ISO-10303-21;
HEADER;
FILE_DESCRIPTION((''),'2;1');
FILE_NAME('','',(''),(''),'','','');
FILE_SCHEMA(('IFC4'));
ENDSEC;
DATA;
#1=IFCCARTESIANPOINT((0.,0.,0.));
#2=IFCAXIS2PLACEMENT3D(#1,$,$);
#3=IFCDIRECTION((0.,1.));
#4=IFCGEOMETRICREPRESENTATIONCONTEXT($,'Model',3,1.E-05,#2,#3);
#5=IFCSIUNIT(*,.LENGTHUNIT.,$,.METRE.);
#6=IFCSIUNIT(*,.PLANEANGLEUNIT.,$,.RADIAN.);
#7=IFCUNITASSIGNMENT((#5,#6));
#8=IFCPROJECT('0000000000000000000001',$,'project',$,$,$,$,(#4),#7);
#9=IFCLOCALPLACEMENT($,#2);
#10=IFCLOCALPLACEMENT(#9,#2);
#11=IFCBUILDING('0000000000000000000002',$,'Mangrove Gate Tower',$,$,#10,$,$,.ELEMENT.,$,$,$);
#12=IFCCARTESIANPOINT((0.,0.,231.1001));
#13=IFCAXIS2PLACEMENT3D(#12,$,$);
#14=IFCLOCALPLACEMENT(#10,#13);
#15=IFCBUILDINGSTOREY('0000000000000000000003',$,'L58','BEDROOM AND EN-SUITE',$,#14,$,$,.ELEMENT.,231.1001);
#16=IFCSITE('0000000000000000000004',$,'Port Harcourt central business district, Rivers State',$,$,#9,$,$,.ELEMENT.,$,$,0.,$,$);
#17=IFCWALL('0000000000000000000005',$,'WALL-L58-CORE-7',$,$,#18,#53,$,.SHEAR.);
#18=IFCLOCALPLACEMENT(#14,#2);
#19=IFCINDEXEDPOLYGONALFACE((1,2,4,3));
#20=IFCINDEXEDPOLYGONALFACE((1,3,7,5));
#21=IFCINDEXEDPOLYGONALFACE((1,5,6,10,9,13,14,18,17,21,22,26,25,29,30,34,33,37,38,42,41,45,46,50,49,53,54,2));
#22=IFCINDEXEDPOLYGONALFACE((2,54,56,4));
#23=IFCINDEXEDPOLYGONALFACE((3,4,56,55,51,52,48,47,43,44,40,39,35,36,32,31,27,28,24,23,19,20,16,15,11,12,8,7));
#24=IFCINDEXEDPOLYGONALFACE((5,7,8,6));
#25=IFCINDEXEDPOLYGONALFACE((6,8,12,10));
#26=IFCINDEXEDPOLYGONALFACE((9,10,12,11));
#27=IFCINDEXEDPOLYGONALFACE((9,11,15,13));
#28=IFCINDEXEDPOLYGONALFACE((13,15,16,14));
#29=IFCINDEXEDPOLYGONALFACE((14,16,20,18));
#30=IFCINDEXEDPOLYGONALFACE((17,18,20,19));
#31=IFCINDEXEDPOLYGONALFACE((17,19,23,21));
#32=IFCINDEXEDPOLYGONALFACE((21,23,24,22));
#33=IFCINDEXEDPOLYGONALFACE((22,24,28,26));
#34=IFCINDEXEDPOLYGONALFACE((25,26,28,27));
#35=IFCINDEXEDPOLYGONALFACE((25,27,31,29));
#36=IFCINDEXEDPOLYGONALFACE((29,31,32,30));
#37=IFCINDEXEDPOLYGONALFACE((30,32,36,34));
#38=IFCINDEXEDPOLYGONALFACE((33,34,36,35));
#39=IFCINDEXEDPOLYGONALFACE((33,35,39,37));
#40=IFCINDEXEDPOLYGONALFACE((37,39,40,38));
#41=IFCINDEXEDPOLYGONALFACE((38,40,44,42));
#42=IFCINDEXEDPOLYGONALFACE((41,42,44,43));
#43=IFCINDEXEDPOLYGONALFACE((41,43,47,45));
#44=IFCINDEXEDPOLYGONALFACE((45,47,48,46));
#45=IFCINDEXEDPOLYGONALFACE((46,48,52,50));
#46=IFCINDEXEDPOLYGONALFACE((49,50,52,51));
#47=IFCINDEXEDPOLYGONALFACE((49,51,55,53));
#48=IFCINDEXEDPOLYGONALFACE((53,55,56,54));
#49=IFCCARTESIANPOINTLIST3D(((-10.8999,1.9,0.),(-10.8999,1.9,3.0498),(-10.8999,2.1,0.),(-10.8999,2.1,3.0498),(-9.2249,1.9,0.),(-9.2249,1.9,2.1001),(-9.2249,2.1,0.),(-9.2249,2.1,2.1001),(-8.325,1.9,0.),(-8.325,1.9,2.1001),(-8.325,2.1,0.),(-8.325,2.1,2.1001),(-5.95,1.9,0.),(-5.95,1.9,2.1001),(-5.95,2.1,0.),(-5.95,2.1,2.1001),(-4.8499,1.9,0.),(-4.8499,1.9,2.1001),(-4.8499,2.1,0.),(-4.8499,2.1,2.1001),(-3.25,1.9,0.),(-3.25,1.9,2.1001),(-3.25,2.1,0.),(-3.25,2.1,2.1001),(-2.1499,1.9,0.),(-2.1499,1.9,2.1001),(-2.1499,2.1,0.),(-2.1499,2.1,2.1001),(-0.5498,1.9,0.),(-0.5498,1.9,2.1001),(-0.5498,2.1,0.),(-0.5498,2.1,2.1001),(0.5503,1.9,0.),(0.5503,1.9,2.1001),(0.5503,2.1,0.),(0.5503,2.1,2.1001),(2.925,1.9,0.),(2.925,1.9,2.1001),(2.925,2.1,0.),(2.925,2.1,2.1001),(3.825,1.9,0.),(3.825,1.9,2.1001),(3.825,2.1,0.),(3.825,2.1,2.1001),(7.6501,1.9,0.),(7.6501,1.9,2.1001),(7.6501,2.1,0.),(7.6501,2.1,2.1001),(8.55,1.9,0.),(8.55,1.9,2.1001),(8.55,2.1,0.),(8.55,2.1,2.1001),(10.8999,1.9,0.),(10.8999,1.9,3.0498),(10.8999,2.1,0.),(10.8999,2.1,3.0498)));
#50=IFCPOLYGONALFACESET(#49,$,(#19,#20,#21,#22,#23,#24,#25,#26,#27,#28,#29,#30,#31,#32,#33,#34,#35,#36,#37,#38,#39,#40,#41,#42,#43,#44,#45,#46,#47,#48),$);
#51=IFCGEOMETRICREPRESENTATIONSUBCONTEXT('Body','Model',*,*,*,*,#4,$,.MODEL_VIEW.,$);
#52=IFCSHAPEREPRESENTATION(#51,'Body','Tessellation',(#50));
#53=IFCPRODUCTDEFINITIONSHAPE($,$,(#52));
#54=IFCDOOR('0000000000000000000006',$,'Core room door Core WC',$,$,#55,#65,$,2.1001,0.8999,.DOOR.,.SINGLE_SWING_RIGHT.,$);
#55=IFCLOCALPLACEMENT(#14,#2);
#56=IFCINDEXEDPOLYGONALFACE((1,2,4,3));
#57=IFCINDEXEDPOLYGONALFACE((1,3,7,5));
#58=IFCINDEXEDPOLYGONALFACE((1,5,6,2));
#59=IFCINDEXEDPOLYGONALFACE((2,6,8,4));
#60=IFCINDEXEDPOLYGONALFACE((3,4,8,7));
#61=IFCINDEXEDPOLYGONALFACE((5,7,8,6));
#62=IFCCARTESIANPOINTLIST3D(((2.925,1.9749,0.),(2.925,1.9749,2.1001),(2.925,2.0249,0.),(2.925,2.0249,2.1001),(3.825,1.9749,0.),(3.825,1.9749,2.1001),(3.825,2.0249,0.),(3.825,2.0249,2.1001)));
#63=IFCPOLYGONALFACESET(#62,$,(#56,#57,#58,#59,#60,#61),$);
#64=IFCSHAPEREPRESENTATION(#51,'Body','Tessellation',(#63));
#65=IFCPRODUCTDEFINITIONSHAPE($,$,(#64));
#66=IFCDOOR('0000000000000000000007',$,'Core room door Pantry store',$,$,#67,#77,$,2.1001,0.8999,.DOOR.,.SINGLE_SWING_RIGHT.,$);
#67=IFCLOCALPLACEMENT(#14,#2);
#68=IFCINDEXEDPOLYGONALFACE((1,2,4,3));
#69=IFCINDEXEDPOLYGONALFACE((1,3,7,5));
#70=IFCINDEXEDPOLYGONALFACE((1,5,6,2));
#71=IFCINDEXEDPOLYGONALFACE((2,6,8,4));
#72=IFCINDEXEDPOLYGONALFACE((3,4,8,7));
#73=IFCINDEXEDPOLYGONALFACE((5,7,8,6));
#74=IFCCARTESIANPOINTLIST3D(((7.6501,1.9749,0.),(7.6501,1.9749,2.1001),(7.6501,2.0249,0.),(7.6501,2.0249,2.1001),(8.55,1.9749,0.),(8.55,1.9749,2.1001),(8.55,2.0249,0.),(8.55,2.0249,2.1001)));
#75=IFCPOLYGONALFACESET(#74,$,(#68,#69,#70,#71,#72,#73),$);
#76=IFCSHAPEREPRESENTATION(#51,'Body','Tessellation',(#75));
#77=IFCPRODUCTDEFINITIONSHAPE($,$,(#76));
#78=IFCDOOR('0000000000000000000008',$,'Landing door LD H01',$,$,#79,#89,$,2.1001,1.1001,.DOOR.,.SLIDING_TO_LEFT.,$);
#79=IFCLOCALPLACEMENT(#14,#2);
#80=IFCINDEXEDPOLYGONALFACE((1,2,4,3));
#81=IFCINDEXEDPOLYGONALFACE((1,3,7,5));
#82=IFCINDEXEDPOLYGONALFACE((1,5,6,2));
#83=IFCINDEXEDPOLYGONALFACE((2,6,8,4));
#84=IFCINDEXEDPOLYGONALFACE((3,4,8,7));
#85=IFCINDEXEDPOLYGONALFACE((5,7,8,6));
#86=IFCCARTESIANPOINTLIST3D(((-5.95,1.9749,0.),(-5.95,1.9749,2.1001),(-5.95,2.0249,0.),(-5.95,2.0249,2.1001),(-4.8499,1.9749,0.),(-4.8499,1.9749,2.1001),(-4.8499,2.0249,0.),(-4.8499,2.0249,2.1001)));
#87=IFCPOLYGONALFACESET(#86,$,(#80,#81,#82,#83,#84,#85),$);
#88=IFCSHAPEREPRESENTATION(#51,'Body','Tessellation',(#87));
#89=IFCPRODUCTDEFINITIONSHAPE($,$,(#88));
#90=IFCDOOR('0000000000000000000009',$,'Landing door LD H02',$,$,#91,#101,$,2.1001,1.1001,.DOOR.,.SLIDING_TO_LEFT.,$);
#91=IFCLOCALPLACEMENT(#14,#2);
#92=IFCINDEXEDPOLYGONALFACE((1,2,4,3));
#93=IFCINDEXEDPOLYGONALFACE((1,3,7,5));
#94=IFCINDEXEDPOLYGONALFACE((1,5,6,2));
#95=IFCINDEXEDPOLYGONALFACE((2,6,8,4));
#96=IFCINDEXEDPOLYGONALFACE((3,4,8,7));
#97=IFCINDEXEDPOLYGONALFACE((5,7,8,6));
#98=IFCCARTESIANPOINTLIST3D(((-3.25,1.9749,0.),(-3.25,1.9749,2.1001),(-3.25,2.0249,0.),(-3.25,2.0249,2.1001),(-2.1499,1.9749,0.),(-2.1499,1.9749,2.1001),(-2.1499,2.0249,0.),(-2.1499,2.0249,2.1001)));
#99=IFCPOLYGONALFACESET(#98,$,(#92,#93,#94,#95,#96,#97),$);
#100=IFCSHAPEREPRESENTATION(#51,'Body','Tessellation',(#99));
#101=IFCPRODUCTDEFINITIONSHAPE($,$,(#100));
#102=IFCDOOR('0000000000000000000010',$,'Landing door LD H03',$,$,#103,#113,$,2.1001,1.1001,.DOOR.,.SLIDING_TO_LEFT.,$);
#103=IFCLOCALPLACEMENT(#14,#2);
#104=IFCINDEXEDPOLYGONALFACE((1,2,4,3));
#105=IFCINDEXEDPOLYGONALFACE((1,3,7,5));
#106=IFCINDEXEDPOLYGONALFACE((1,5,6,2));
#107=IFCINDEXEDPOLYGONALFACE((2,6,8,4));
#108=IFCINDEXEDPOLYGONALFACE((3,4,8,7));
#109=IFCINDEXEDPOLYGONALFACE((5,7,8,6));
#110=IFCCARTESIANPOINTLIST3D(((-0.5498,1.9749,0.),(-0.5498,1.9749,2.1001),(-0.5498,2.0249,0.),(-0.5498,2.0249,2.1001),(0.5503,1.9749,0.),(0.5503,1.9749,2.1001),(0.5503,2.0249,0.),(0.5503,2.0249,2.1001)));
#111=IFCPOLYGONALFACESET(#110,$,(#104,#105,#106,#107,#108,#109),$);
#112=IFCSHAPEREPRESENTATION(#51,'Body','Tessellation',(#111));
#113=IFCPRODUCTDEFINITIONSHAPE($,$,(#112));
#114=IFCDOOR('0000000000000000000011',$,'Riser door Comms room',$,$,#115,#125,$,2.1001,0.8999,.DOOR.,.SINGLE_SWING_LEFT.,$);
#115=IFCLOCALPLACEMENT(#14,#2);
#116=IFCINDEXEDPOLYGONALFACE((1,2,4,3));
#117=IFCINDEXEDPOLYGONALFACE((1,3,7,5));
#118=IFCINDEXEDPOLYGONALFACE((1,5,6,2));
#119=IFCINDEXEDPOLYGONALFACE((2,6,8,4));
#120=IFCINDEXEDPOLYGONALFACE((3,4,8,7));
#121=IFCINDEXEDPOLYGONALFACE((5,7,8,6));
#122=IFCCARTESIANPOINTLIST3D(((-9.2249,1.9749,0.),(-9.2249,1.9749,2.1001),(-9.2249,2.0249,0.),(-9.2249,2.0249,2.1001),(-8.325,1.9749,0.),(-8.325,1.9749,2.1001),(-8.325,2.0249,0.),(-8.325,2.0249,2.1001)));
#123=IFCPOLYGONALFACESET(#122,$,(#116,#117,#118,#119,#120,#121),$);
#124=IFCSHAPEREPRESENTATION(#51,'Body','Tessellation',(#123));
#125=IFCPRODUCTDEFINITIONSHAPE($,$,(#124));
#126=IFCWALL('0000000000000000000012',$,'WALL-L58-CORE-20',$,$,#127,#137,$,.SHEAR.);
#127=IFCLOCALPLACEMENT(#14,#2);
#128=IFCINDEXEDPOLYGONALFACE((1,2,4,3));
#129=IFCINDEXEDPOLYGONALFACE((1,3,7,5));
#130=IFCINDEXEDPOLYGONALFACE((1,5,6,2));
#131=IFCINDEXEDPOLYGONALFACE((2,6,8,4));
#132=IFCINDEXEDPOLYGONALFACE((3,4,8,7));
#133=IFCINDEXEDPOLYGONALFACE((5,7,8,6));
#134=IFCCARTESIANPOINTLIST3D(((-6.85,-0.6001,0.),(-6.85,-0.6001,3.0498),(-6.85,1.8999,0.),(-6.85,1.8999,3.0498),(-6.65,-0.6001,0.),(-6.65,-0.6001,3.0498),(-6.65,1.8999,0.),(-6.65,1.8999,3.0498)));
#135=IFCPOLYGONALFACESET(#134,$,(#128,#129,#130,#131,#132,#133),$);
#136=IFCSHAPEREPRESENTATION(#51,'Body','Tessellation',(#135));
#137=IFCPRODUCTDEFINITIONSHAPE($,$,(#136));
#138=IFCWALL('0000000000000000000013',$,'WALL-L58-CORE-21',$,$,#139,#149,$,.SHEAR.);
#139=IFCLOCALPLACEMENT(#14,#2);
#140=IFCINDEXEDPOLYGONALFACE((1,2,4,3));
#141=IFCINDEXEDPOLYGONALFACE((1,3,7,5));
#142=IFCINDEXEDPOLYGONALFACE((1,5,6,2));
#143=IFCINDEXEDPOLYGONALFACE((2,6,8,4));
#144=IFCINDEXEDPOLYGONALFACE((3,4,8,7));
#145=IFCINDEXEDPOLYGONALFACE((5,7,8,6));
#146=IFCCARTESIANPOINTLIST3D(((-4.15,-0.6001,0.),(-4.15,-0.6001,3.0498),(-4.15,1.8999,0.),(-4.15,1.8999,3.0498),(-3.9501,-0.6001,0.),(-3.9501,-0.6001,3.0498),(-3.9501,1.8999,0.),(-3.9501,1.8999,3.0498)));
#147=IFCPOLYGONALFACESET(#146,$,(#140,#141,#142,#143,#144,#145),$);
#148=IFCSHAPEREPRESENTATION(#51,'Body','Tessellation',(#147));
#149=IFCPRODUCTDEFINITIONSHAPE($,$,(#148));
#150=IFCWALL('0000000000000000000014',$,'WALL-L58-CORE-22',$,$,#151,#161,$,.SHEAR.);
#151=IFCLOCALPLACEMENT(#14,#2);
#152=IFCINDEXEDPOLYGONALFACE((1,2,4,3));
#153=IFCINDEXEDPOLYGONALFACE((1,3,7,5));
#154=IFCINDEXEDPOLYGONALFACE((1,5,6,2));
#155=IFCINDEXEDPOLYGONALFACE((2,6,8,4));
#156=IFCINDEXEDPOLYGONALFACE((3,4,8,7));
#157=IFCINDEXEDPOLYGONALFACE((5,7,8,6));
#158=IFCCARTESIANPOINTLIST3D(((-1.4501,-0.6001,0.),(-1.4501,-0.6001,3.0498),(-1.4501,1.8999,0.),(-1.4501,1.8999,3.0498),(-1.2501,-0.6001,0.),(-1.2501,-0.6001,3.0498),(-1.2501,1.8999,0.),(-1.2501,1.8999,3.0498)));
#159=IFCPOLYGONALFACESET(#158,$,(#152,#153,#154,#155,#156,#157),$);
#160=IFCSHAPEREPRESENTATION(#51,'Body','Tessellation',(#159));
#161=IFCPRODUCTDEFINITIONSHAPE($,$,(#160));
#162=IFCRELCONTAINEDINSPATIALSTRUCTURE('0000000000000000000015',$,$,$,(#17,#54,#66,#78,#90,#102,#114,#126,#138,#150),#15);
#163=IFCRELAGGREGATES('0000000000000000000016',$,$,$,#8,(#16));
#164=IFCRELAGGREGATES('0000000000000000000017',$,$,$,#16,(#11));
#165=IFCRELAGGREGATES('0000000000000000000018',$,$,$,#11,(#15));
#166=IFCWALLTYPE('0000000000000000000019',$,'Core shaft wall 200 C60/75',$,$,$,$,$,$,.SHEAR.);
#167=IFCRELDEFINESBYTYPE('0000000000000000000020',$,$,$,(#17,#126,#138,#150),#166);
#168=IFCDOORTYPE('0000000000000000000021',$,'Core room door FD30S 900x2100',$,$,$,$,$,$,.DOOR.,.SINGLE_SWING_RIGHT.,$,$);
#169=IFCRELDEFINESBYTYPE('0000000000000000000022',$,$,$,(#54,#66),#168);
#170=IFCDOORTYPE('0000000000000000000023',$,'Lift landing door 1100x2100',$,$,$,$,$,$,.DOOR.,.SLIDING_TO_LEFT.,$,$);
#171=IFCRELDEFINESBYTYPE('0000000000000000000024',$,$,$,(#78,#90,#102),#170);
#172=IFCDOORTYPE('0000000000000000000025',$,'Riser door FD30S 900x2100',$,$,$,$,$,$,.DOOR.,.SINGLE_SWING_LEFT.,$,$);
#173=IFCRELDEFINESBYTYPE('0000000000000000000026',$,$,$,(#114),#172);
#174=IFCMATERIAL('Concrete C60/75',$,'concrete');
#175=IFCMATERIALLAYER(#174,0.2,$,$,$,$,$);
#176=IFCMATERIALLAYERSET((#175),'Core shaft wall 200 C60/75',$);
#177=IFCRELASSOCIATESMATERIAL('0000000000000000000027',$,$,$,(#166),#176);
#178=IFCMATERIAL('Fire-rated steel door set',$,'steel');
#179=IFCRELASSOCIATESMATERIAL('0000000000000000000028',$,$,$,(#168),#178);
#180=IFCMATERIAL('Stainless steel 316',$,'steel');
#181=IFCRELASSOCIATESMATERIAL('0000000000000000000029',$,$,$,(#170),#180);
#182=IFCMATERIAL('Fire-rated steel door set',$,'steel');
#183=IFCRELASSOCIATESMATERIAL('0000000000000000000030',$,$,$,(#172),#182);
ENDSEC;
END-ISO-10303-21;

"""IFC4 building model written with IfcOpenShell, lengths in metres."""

from ifc_helpers import new_model, si_unit, direction, frame, frame_2d, origin, place, context, subcontext, project, spatial, rectangle, extrude, material, layer, layer_set, type_object, element, fill, save


model = new_model("IFC4")

# Units and contexts
model_context = context("Model", 3, precision=1e-05, world=origin(), true_north=direction((0.0, 1.0)))
body_context = subcontext(model_context, "Body", "Model", "MODEL_VIEW")
ifc_project = project(units=[si_unit("LENGTHUNIT", "METRE"), si_unit("PLANEANGLEUNIT", "RADIAN")], contexts=[model_context])

# Site, building, storey
site_placement = place(None, origin())
site = spatial("IfcSite", under=ifc_project, at=site_placement, Name="Port Harcourt central business district, Rivers State", CompositionType="ELEMENT", RefElevation=0.0)
building_placement = place(site_placement, origin())
building = spatial("IfcBuilding", under=site, at=building_placement, Name="Mangrove Gate Tower", CompositionType="ELEMENT")
storey_placement = place(building_placement, frame((0.0, 0.0, 231.1001)))
storey = spatial("IfcBuildingStorey", under=building, at=storey_placement, Name="L58", Description="BEDROOM AND EN-SUITE", CompositionType="ELEMENT", Elevation=231.1001)

# Shared definitions
ifc_material_1 = material(Name="Concrete C60/75", Category="concrete")
ifc_layer_1 = layer(ifc_material_1, 0.2)
ifc_layer_set_1 = layer_set([ifc_layer_1], Name="Core shaft wall 200 C60/75")
wall_type_1 = type_object("IfcWallType", Name="Core shaft wall 200 C60/75", PredefinedType="SHEAR", material=ifc_layer_set_1)

# Wall, openings, doors
wall_1_placement = place(storey_placement, frame((-10.8999, 2.0, 0.0), z_axis=(0.0, 0.0, 1.0), x_axis=(1.0, 0.0, 0.0)))
wall_1 = element("IfcWall", 1, at=wall_1_placement, inside=storey, type_object=wall_type_1, Name="WALL-L58-CORE-7", PredefinedType="SHEAR", context=body_context, shape_type="SweptSolid", body=[
    extrude(rectangle(XDim=21.7998, YDim=0.2, at=frame_2d((10.8999, 0.0))), origin(), (0.0, 0.0, 1.0), 3.0498),
])
opening_1_placement = place(wall_1_placement, frame((4.95, 0.0, 0.0)))
opening_1 = element("IfcOpeningElement", 2, at=opening_1_placement, cuts=wall_1, PredefinedType="OPENING", context=body_context, shape_type="SweptSolid", body=[
    extrude(rectangle(XDim=1.1001, YDim=2.1001, at=frame_2d((0.55, 1.05))), frame((0.0, 0.1099, 0.0), z_axis=(0.0, -1.0, 0.0), x_axis=(1.0, 0.0, 0.0)), (0.0, 0.0, 1.0), 0.22),
])
opening_2_placement = place(wall_1_placement, frame((7.6499, 0.0, 0.0)))
opening_2 = element("IfcOpeningElement", 3, at=opening_2_placement, cuts=wall_1, PredefinedType="OPENING", context=body_context, shape_type="SweptSolid", body=[
    extrude(rectangle(XDim=1.1001, YDim=2.1001, at=frame_2d((0.55, 1.05))), frame((0.0, 0.1099, 0.0), z_axis=(0.0, -1.0, 0.0), x_axis=(1.0, 0.0, 0.0)), (0.0, 0.0, 1.0), 0.22),
])
opening_3_placement = place(wall_1_placement, frame((10.3501, 0.0, 0.0)))
opening_3 = element("IfcOpeningElement", 4, at=opening_3_placement, cuts=wall_1, PredefinedType="OPENING", context=body_context, shape_type="SweptSolid", body=[
    extrude(rectangle(XDim=1.1001, YDim=2.1001, at=frame_2d((0.55, 1.05))), frame((0.0, 0.1099, 0.0), z_axis=(0.0, -1.0, 0.0), x_axis=(1.0, 0.0, 0.0)), (0.0, 0.0, 1.0), 0.22),
])
opening_4_placement = place(wall_1_placement, frame((1.675, 0.0, 0.0)))
opening_4 = element("IfcOpeningElement", 5, at=opening_4_placement, cuts=wall_1, PredefinedType="OPENING", context=body_context, shape_type="SweptSolid", body=[
    extrude(rectangle(XDim=0.8999, YDim=2.1001, at=frame_2d((0.45, 1.05))), frame((0.0, 0.1099, 0.0), z_axis=(0.0, -1.0, 0.0), x_axis=(1.0, 0.0, 0.0)), (0.0, 0.0, 1.0), 0.22),
])
opening_5_placement = place(wall_1_placement, frame((13.825, 0.0, 0.0)))
opening_5 = element("IfcOpeningElement", 6, at=opening_5_placement, cuts=wall_1, PredefinedType="OPENING", context=body_context, shape_type="SweptSolid", body=[
    extrude(rectangle(XDim=0.8999, YDim=2.1001, at=frame_2d((0.45, 1.05))), frame((0.0, 0.1099, 0.0), z_axis=(0.0, -1.0, 0.0), x_axis=(1.0, 0.0, 0.0)), (0.0, 0.0, 1.0), 0.22),
])
opening_6_placement = place(wall_1_placement, frame((18.55, 0.0, 0.0)))
opening_6 = element("IfcOpeningElement", 7, at=opening_6_placement, cuts=wall_1, PredefinedType="OPENING", context=body_context, shape_type="SweptSolid", body=[
    extrude(rectangle(XDim=0.8999, YDim=2.1001, at=frame_2d((0.45, 1.05))), frame((0.0, 0.1099, 0.0), z_axis=(0.0, -1.0, 0.0), x_axis=(1.0, 0.0, 0.0)), (0.0, 0.0, 1.0), 0.22),
])
ifc_material_2 = material(Name="Fire-rated steel door set", Category="steel")
door_type_1 = type_object("IfcDoorType", Name="Core room door FD30S 900x2100", OperationType="SINGLE_SWING_RIGHT", PredefinedType="DOOR", material=ifc_material_2)
door_1_placement = place(opening_5_placement, origin())
door_1 = element("IfcDoor", 8, at=door_1_placement, inside=storey, type_object=door_type_1, Name="Core room door Core WC", OperationType="SINGLE_SWING_RIGHT", OverallHeight=2.1001, OverallWidth=0.8999, PredefinedType="DOOR", context=body_context, shape_type="SweptSolid", body=[
    extrude(rectangle(XDim=0.8999, YDim=2.1001, at=frame_2d((0.45, 1.05))), frame((0.0, 0.0249, 0.0), z_axis=(0.0, -1.0, 0.0), x_axis=(1.0, 0.0, 0.0)), (0.0, 0.0, 1.0), 0.05),
])
fill(opening_5, door_1)
door_2_placement = place(opening_6_placement, origin())
door_2 = element("IfcDoor", 9, at=door_2_placement, inside=storey, type_object=door_type_1, Name="Core room door Pantry store", OperationType="SINGLE_SWING_RIGHT", OverallHeight=2.1001, OverallWidth=0.8999, PredefinedType="DOOR", context=body_context, shape_type="SweptSolid", body=[
    extrude(rectangle(XDim=0.8999, YDim=2.1001, at=frame_2d((0.45, 1.05))), frame((0.0, 0.0249, 0.0), z_axis=(0.0, -1.0, 0.0), x_axis=(1.0, 0.0, 0.0)), (0.0, 0.0, 1.0), 0.05),
])
fill(opening_6, door_2)
ifc_material_3 = material(Name="Stainless steel 316", Category="steel")
door_type_2 = type_object("IfcDoorType", Name="Lift landing door 1100x2100", OperationType="SLIDING_TO_LEFT", PredefinedType="DOOR", material=ifc_material_3)
door_3_placement = place(opening_1_placement, origin())
door_3 = element("IfcDoor", 10, at=door_3_placement, inside=storey, type_object=door_type_2, Name="Landing door LD H01", OperationType="SLIDING_TO_LEFT", OverallHeight=2.1001, OverallWidth=1.1001, PredefinedType="DOOR", context=body_context, shape_type="SweptSolid", body=[
    extrude(rectangle(XDim=1.1001, YDim=2.1001, at=frame_2d((0.55, 1.05))), frame((0.0, 0.0249, 0.0), z_axis=(0.0, -1.0, 0.0), x_axis=(1.0, 0.0, 0.0)), (0.0, 0.0, 1.0), 0.05),
])
fill(opening_1, door_3)
door_4_placement = place(opening_2_placement, origin())
door_4 = element("IfcDoor", 11, at=door_4_placement, inside=storey, type_object=door_type_2, Name="Landing door LD H02", OperationType="SLIDING_TO_LEFT", OverallHeight=2.1001, OverallWidth=1.1001, PredefinedType="DOOR", context=body_context, shape_type="SweptSolid", body=[
    extrude(rectangle(XDim=1.1001, YDim=2.1001, at=frame_2d((0.55, 1.05))), frame((0.0, 0.0249, 0.0), z_axis=(0.0, -1.0, 0.0), x_axis=(1.0, 0.0, 0.0)), (0.0, 0.0, 1.0), 0.05),
])
fill(opening_2, door_4)
door_5_placement = place(opening_3_placement, origin())
door_5 = element("IfcDoor", 12, at=door_5_placement, inside=storey, type_object=door_type_2, Name="Landing door LD H03", OperationType="SLIDING_TO_LEFT", OverallHeight=2.1001, OverallWidth=1.1001, PredefinedType="DOOR", context=body_context, shape_type="SweptSolid", body=[
    extrude(rectangle(XDim=1.1001, YDim=2.1001, at=frame_2d((0.55, 1.05))), frame((0.0, 0.0249, 0.0), z_axis=(0.0, -1.0, 0.0), x_axis=(1.0, 0.0, 0.0)), (0.0, 0.0, 1.0), 0.05),
])
fill(opening_3, door_5)
ifc_material_4 = material(Name="Fire-rated steel door set", Category="steel")
door_type_3 = type_object("IfcDoorType", Name="Riser door FD30S 900x2100", OperationType="SINGLE_SWING_LEFT", PredefinedType="DOOR", material=ifc_material_4)
door_6_placement = place(opening_4_placement, origin())
door_6 = element("IfcDoor", 13, at=door_6_placement, inside=storey, type_object=door_type_3, Name="Riser door Comms room", OperationType="SINGLE_SWING_LEFT", OverallHeight=2.1001, OverallWidth=0.8999, PredefinedType="DOOR", context=body_context, shape_type="SweptSolid", body=[
    extrude(rectangle(XDim=0.8999, YDim=2.1001, at=frame_2d((0.45, 1.05))), frame((0.0, 0.0249, 0.0), z_axis=(0.0, -1.0, 0.0), x_axis=(1.0, 0.0, 0.0)), (0.0, 0.0, 1.0), 0.05),
])
fill(opening_4, door_6)

# Walls
for number, where, z_axis, x_axis, name in (
    (14, (-6.75, -0.6001, 0.0), (0.0, 0.0, 1.0), (0.0, 1.0, 0.0), "WALL-L58-CORE-20"),
    (15, (-4.05, -0.6001, 0.0), (0.0, 0.0, 1.0), (0.0, 1.0, 0.0), "WALL-L58-CORE-21"),
    (16, (-1.3501, -0.6001, 0.0), (0.0, 0.0, 1.0), (0.0, 1.0, 0.0), "WALL-L58-CORE-22"),
):
    element("IfcWall", number, at=place(storey_placement, frame(where, z_axis=z_axis, x_axis=x_axis)), inside=storey, type_object=wall_type_1, Name=name, PredefinedType="SHEAR", context=body_context, shape_type="SweptSolid", body=[
        extrude(rectangle(XDim=2.5, YDim=0.2, at=frame_2d((1.25, 0.0))), origin(), (0.0, 0.0, 1.0), 3.0498),
    ])

save(model, "model.ifc")
